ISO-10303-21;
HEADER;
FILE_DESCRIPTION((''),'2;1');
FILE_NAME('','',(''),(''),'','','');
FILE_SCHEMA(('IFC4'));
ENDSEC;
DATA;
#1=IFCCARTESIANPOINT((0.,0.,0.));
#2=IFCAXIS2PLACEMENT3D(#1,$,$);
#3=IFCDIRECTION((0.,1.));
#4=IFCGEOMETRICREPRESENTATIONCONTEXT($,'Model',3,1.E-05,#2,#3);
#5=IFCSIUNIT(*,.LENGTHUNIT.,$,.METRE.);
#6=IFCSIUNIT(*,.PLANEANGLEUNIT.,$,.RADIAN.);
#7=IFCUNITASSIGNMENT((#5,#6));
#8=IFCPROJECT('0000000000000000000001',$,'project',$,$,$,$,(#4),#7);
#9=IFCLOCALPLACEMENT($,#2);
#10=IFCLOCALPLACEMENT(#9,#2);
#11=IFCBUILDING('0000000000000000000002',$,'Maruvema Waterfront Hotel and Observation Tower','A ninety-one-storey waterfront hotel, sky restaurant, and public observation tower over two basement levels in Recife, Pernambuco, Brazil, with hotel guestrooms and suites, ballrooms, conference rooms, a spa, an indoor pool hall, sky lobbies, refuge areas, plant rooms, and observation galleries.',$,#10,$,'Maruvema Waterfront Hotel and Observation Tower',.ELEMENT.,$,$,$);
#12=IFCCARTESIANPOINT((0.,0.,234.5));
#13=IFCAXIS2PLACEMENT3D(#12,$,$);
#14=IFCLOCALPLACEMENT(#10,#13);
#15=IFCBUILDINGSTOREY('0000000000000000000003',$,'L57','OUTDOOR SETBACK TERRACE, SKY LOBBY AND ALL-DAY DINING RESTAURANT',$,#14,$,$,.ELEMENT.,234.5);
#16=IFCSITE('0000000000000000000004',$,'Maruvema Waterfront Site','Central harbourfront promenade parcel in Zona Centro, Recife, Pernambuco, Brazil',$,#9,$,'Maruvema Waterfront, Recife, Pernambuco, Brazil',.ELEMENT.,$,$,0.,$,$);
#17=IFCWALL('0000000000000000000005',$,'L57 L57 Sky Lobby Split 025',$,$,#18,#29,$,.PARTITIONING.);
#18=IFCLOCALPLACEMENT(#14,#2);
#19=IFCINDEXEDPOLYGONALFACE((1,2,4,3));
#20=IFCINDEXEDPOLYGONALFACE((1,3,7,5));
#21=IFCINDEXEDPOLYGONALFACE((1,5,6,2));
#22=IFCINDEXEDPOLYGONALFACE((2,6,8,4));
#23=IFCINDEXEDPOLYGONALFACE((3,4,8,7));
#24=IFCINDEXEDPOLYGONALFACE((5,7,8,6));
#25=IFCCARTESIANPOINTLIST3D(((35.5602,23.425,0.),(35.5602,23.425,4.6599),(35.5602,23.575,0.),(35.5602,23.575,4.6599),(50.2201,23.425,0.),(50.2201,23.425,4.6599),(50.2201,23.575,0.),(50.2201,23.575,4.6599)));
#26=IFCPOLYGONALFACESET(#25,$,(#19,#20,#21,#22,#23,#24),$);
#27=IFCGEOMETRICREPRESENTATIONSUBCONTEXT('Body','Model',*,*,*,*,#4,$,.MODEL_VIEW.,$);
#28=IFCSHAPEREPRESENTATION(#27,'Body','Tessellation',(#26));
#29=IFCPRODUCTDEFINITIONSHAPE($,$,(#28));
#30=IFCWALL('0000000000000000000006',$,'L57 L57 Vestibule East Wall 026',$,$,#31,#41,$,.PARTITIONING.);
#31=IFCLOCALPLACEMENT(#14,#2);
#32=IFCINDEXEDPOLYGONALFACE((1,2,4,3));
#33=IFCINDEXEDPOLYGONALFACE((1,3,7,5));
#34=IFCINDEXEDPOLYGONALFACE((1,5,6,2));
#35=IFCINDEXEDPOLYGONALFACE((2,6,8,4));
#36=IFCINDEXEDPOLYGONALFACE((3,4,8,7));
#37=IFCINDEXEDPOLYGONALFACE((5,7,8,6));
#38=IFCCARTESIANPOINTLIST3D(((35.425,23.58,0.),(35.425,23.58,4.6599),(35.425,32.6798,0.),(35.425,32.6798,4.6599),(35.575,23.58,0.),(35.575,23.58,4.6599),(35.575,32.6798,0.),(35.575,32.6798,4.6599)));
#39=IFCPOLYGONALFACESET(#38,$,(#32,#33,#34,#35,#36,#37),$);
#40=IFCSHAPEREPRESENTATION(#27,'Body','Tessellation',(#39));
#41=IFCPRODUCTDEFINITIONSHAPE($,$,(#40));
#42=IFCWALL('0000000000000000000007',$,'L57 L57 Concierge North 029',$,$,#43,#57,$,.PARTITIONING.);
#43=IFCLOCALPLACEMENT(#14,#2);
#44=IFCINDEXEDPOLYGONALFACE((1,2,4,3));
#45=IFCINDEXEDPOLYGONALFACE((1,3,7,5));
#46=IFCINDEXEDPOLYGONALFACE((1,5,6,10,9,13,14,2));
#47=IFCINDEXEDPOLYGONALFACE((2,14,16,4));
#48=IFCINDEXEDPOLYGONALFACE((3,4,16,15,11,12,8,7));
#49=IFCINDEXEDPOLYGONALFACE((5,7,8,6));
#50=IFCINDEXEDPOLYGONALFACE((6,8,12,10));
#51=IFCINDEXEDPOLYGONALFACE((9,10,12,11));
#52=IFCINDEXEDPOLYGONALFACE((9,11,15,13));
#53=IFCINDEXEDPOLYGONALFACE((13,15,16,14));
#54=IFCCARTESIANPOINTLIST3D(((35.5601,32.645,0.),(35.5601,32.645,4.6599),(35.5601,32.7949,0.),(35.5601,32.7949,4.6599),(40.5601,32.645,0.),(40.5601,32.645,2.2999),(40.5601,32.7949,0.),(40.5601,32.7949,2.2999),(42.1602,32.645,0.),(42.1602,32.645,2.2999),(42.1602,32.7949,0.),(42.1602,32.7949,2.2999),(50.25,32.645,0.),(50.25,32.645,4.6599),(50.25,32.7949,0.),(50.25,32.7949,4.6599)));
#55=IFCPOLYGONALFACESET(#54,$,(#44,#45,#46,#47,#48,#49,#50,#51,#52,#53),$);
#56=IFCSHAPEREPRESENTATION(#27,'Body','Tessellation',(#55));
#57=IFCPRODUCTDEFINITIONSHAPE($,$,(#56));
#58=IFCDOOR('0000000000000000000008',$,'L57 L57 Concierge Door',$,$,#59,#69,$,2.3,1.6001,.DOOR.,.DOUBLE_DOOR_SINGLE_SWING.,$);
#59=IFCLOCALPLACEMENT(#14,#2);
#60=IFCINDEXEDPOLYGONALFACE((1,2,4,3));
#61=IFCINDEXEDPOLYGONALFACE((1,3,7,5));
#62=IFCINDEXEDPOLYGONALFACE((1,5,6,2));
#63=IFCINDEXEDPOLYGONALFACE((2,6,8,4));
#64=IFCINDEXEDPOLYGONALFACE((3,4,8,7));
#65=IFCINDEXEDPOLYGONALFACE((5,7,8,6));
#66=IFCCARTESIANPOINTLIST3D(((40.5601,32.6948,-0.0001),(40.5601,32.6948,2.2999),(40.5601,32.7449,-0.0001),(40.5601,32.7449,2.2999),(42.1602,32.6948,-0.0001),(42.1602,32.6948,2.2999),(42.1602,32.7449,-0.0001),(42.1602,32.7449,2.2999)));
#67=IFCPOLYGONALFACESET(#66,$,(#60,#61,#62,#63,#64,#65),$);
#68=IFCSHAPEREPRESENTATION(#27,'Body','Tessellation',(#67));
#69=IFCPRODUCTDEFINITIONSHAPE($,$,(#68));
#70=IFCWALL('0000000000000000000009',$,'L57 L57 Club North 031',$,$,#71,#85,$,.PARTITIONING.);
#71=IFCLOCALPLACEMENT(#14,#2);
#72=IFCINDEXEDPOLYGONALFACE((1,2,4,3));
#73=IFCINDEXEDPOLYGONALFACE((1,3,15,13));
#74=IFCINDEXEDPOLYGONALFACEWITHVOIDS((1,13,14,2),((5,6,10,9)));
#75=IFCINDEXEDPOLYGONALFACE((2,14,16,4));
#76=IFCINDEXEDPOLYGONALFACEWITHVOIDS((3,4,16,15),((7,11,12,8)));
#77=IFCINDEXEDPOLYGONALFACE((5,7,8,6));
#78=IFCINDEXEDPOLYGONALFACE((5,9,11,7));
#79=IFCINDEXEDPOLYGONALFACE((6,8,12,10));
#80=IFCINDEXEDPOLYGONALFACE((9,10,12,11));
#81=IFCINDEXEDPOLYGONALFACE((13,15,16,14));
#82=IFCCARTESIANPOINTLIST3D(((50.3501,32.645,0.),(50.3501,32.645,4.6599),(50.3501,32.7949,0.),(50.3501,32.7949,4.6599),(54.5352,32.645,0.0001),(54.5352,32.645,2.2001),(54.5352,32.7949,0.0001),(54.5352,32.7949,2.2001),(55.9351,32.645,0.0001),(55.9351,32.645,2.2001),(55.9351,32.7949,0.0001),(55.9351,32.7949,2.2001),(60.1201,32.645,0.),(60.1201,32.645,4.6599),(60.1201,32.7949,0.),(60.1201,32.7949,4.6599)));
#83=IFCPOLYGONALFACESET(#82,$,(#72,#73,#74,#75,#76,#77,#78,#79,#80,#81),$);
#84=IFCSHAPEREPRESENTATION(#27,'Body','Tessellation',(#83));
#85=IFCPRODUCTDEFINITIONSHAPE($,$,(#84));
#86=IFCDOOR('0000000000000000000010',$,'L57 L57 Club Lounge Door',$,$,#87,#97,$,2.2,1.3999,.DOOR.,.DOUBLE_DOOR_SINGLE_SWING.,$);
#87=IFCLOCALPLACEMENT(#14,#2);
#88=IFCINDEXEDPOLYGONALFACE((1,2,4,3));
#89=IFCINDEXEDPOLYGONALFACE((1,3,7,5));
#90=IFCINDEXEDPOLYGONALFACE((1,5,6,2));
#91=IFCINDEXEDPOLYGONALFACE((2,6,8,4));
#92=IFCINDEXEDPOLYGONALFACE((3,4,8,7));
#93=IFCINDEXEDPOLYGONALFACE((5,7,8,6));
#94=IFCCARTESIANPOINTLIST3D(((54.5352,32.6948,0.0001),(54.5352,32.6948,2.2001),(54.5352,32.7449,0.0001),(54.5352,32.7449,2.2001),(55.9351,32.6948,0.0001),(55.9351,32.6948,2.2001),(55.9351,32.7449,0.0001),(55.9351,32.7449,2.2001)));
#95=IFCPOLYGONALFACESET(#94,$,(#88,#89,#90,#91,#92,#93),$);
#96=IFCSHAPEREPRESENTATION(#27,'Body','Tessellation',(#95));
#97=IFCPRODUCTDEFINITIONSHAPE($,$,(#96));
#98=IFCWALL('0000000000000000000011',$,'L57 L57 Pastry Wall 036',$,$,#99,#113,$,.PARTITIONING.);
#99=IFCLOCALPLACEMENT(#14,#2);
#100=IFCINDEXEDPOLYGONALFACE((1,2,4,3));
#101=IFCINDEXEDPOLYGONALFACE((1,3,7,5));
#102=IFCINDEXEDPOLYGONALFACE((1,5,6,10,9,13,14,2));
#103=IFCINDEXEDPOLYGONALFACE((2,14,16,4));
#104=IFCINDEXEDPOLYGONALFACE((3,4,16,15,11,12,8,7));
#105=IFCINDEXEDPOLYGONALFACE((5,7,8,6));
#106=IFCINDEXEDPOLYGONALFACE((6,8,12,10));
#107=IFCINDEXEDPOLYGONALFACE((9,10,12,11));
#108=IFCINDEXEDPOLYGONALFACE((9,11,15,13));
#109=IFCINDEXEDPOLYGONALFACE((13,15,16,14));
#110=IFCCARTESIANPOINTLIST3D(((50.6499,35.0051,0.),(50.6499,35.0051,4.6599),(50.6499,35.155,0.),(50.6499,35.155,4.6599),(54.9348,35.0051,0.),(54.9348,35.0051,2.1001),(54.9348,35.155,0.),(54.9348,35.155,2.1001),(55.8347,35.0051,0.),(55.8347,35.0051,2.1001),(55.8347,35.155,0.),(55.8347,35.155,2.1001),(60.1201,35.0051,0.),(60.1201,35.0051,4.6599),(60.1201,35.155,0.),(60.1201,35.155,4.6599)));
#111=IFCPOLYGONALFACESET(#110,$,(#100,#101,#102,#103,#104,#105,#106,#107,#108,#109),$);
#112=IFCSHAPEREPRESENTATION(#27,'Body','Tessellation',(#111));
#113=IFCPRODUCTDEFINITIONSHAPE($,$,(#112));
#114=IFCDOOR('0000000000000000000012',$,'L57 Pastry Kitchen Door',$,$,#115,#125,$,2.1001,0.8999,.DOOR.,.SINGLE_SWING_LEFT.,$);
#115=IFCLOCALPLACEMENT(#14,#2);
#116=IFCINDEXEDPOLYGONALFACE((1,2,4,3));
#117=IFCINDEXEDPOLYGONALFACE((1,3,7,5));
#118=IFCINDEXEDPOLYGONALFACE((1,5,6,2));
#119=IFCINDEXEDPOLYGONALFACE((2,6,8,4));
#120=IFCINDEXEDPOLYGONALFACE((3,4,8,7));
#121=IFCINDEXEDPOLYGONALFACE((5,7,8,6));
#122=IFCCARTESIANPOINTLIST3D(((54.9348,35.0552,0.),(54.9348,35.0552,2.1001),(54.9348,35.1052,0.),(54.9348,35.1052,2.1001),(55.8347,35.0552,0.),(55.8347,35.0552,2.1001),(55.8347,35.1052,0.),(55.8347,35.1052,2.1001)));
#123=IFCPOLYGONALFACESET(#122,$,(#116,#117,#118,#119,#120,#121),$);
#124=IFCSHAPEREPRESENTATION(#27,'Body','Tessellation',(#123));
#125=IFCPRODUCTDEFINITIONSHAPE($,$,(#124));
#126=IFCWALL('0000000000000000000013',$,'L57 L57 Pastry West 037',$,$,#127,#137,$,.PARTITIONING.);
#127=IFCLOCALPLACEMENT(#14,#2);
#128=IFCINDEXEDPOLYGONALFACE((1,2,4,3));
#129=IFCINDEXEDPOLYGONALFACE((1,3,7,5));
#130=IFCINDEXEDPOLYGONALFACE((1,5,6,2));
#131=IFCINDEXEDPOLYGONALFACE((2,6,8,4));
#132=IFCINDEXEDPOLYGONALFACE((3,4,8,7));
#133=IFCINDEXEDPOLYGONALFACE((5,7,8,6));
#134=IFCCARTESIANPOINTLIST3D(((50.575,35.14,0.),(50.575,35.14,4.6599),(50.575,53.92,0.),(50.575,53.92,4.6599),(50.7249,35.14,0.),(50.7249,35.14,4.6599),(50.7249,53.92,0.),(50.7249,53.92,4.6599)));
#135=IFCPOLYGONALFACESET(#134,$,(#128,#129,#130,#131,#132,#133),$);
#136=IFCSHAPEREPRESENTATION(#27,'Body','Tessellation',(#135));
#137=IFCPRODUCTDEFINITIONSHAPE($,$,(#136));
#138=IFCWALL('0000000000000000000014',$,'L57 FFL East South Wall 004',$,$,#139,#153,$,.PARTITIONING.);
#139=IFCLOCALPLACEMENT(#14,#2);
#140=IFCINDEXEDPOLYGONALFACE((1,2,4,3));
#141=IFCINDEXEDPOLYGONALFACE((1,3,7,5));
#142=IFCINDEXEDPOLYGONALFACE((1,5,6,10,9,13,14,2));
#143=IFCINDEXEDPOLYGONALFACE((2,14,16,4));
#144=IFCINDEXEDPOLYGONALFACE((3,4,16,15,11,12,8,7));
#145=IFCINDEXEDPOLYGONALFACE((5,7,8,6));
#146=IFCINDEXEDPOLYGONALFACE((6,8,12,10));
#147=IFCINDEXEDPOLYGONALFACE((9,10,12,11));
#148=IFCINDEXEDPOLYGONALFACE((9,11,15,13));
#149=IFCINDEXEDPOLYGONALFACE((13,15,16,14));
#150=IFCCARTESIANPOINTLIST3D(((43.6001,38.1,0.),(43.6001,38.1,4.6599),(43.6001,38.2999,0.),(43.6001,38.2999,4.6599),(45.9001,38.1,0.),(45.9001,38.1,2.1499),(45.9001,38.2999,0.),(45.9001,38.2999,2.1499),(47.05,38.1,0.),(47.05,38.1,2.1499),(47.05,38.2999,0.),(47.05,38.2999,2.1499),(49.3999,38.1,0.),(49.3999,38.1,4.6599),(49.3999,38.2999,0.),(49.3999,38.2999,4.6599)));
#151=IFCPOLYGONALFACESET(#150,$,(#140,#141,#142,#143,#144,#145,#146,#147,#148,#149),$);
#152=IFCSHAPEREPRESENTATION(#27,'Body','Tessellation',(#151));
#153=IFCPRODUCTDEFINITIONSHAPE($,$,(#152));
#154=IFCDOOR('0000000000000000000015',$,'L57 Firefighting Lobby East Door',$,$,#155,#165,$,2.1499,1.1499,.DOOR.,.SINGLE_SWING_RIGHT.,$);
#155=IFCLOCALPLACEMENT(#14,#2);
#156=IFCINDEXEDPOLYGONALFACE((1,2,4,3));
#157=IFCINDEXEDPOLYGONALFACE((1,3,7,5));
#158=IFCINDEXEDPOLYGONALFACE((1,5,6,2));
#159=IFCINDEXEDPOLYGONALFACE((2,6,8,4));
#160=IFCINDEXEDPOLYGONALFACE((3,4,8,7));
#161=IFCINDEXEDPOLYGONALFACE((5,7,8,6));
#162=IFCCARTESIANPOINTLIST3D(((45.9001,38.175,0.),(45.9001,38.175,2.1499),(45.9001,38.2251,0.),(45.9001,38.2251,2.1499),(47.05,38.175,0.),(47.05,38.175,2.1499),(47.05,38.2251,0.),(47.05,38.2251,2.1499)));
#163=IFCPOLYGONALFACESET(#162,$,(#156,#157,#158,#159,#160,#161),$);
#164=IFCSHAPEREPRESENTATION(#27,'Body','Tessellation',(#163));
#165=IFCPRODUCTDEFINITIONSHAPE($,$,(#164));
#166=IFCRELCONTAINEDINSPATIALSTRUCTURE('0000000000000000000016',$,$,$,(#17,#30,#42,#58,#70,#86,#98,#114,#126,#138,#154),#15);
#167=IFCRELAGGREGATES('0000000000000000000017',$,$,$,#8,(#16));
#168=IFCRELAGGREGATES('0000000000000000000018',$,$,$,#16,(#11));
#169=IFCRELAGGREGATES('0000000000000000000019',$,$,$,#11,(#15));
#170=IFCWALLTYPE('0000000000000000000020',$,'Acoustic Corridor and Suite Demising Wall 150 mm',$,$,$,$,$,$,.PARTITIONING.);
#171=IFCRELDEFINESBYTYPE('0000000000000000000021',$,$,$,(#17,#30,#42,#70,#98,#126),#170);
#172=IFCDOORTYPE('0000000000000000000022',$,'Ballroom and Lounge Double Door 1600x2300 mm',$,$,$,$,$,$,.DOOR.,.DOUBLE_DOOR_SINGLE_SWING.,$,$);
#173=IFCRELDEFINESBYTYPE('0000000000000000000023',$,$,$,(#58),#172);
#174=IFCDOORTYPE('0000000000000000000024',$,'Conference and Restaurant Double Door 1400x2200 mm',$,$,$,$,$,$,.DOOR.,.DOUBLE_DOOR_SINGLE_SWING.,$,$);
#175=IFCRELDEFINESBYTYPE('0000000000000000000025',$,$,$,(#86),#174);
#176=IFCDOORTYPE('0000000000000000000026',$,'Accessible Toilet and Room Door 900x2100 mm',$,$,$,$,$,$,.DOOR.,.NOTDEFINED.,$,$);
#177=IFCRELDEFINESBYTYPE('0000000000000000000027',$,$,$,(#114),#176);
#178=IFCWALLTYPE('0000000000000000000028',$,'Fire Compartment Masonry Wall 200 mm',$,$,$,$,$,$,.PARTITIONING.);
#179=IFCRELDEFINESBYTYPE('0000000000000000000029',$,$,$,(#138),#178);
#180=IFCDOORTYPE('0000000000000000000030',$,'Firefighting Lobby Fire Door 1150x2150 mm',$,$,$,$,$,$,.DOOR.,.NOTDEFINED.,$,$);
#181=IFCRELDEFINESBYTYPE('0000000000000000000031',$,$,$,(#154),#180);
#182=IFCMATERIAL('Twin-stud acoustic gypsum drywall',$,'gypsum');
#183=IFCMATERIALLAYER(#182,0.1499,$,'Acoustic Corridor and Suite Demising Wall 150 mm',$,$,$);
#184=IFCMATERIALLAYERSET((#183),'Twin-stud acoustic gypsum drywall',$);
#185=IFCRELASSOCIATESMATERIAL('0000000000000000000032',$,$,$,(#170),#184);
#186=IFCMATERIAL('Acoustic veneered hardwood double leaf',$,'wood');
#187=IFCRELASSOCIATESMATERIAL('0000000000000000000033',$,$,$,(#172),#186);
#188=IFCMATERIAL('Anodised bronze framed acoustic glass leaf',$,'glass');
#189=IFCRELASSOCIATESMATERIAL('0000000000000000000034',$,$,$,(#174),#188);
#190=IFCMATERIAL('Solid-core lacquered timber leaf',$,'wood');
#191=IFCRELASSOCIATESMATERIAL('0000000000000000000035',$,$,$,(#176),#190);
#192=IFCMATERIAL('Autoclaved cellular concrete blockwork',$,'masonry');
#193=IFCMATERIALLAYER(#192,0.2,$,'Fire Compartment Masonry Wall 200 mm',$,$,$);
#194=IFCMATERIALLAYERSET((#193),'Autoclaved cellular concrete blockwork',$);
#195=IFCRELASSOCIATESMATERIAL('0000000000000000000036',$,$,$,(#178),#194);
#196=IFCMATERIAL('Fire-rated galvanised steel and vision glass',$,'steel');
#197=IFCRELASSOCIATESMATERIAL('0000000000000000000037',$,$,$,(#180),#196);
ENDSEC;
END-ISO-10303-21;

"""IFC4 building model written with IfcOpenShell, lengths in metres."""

from ifc_helpers import new_model, si_unit, direction, frame, frame_2d, origin, place, context, subcontext, project, spatial, rectangle, extrude, material, layer, layer_set, type_object, element, fill, save


model = new_model("IFC4")

# Units and contexts
model_context = context("Model", 3, precision=1e-05, world=origin(), true_north=direction((0.0, 1.0)))
body_context = subcontext(model_context, "Body", "Model", "MODEL_VIEW")
ifc_project = project(units=[si_unit("LENGTHUNIT", "METRE"), si_unit("PLANEANGLEUNIT", "RADIAN")], contexts=[model_context])

# Site, building, storey
site_placement = place(None, origin())
site = spatial("IfcSite", under=ifc_project, at=site_placement, Name="Maruvema Waterfront Site", Description="Central harbourfront promenade parcel in Zona Centro, Recife, Pernambuco, Brazil", LongName="Maruvema Waterfront, Recife, Pernambuco, Brazil", CompositionType="ELEMENT", RefElevation=0.0)
building_placement = place(site_placement, origin())
building = spatial("IfcBuilding", under=site, at=building_placement, Name="Maruvema Waterfront Hotel and Observation Tower", Description="A ninety-one-storey waterfront hotel, sky restaurant, and public observation tower over two basement levels in Recife, Pernambuco, Brazil, with hotel guestrooms and suites, ballrooms, conference rooms, a spa, an indoor pool hall, sky lobbies, refuge areas, plant rooms, and observation galleries.", LongName="Maruvema Waterfront Hotel and Observation Tower", CompositionType="ELEMENT")
storey_placement = place(building_placement, frame((0.0, 0.0, 234.5)))
storey = spatial("IfcBuildingStorey", under=building, at=storey_placement, Name="L57", Description="OUTDOOR SETBACK TERRACE, SKY LOBBY AND ALL-DAY DINING RESTAURANT", CompositionType="ELEMENT", Elevation=234.5)

# Walls
ifc_material_1 = material(Name="Twin-stud acoustic gypsum drywall", Category="gypsum")
ifc_layer_1 = layer(ifc_material_1, 0.1499, Name="Acoustic Corridor and Suite Demising Wall 150 mm")
ifc_layer_set_1 = layer_set([ifc_layer_1], Name="Twin-stud acoustic gypsum drywall")
wall_type_1 = type_object("IfcWallType", Name="Acoustic Corridor and Suite Demising Wall 150 mm", PredefinedType="PARTITIONING", material=ifc_layer_set_1)
wall_1_placement = place(storey_placement, frame((35.5601, 23.5, 0.0), z_axis=(0.0, 0.0, 1.0), x_axis=(1.0, 0.0, 0.0)))
element("IfcWall", 1, at=wall_1_placement, inside=storey, type_object=wall_type_1, Name="L57 L57 Sky Lobby Split 025", PredefinedType="PARTITIONING", context=body_context, shape_type="SweptSolid", body=[
    extrude(rectangle(XDim=14.6599, YDim=0.1499, at=frame_2d((7.3301, 0.0))), origin(), (0.0, 0.0, 1.0), 4.6599),
])
wall_2_placement = place(storey_placement, frame((35.5, 23.5801, 0.0), z_axis=(0.0, 0.0, 1.0), x_axis=(0.0, 1.0, 0.0)))
element("IfcWall", 2, at=wall_2_placement, inside=storey, type_object=wall_type_1, Name="L57 L57 Vestibule East Wall 026", PredefinedType="PARTITIONING", context=body_context, shape_type="SweptSolid", body=[
    extrude(rectangle(XDim=9.0999, YDim=0.1499, at=frame_2d((4.5498, 0.0))), origin(), (0.0, 0.0, 1.0), 4.6599),
])

# Walls, openings, doors
wall_3_placement = place(storey_placement, frame((35.5601, 32.72, 0.0), z_axis=(0.0, 0.0, 1.0), x_axis=(1.0, 0.0, 0.0)))
wall_3 = element("IfcWall", 3, at=wall_3_placement, inside=storey, type_object=wall_type_1, Name="L57 L57 Concierge North 029", PredefinedType="PARTITIONING", context=body_context, shape_type="SweptSolid", body=[
    extrude(rectangle(XDim=14.6899, YDim=0.1499, at=frame_2d((7.345, 0.0))), origin(), (0.0, 0.0, 1.0), 4.6599),
])
opening_1_placement = place(wall_3_placement, frame((5.0, 0.0, 0.0)))
opening_1 = element("IfcOpeningElement", 4, at=opening_1_placement, cuts=wall_3, PredefinedType="OPENING", context=body_context, shape_type="SweptSolid", body=[
    extrude(rectangle(XDim=1.6001, YDim=2.3, at=frame_2d((0.8, 1.1499))), frame((0.0, 0.085, 0.0), z_axis=(0.0, -1.0, 0.0), x_axis=(1.0, 0.0, 0.0)), (0.0, 0.0, 1.0), 0.1699),
])
ifc_material_2 = material(Name="Acoustic veneered hardwood double leaf", Category="wood")
door_type_1 = type_object("IfcDoorType", Name="Ballroom and Lounge Double Door 1600x2300 mm", OperationType="DOUBLE_DOOR_SINGLE_SWING", PredefinedType="DOOR", material=ifc_material_2)
door_1_placement = place(opening_1_placement, origin())
door_1 = element("IfcDoor", 5, at=door_1_placement, inside=storey, type_object=door_type_1, Name="L57 L57 Concierge Door", OperationType="DOUBLE_DOOR_SINGLE_SWING", OverallHeight=2.3, OverallWidth=1.6001, PredefinedType="DOOR", context=body_context, shape_type="SweptSolid", body=[
    extrude(rectangle(XDim=1.6001, YDim=2.3, at=frame_2d((0.8, 1.1499))), frame((0.0, 0.0249, 0.0), z_axis=(0.0, -1.0, 0.0), x_axis=(1.0, 0.0, 0.0)), (0.0, 0.0, 1.0), 0.05),
])
fill(opening_1, door_1)
wall_4_placement = place(storey_placement, frame((50.3501, 32.72, 0.0), z_axis=(0.0, 0.0, 1.0), x_axis=(1.0, 0.0, 0.0)))
wall_4 = element("IfcWall", 6, at=wall_4_placement, inside=storey, type_object=wall_type_1, Name="L57 L57 Club North 031", PredefinedType="PARTITIONING", context=body_context, shape_type="SweptSolid", body=[
    extrude(rectangle(XDim=9.77, YDim=0.1499, at=frame_2d((4.885, 0.0))), origin(), (0.0, 0.0, 1.0), 4.6599),
])
opening_2_placement = place(wall_4_placement, frame((4.1851, 0.0, 0.0)))
opening_2 = element("IfcOpeningElement", 7, at=opening_2_placement, cuts=wall_4, PredefinedType="OPENING", context=body_context, shape_type="SweptSolid", body=[
    extrude(rectangle(XDim=1.3999, YDim=2.2, at=frame_2d((0.7, 1.1001))), frame((0.0, 0.085, 0.0), z_axis=(0.0, -1.0, 0.0), x_axis=(1.0, 0.0, 0.0)), (0.0, 0.0, 1.0), 0.1699),
])
ifc_material_3 = material(Name="Anodised bronze framed acoustic glass leaf", Category="glass")
door_type_2 = type_object("IfcDoorType", Name="Conference and Restaurant Double Door 1400x2200 mm", OperationType="DOUBLE_DOOR_SINGLE_SWING", PredefinedType="DOOR", material=ifc_material_3)
door_2_placement = place(opening_2_placement, origin())
door_2 = element("IfcDoor", 8, at=door_2_placement, inside=storey, type_object=door_type_2, Name="L57 L57 Club Lounge Door", OperationType="DOUBLE_DOOR_SINGLE_SWING", OverallHeight=2.2, OverallWidth=1.3999, PredefinedType="DOOR", context=body_context, shape_type="SweptSolid", body=[
    extrude(rectangle(XDim=1.3999, YDim=2.2, at=frame_2d((0.7, 1.1001))), frame((0.0, 0.0249, 0.0), z_axis=(0.0, -1.0, 0.0), x_axis=(1.0, 0.0, 0.0)), (0.0, 0.0, 1.0), 0.05),
])
fill(opening_2, door_2)
wall_5_placement = place(storey_placement, frame((50.6499, 35.0801, 0.0), z_axis=(0.0, 0.0, 1.0), x_axis=(1.0, 0.0, 0.0)))
wall_5 = element("IfcWall", 9, at=wall_5_placement, inside=storey, type_object=wall_type_1, Name="L57 L57 Pastry Wall 036", PredefinedType="PARTITIONING", context=body_context, shape_type="SweptSolid", body=[
    extrude(rectangle(XDim=9.4702, YDim=0.1499, at=frame_2d((4.7351, 0.0))), origin(), (0.0, 0.0, 1.0), 4.6599),
])
opening_3_placement = place(wall_5_placement, frame((4.2849, 0.0, 0.0)))
opening_3 = element("IfcOpeningElement", 10, at=opening_3_placement, cuts=wall_5, PredefinedType="OPENING", context=body_context, shape_type="SweptSolid", body=[
    extrude(rectangle(XDim=0.8999, YDim=2.1001, at=frame_2d((0.45, 1.05))), frame((0.0, 0.085, 0.0), z_axis=(0.0, -1.0, 0.0), x_axis=(1.0, 0.0, 0.0)), (0.0, 0.0, 1.0), 0.1699),
])
ifc_material_4 = material(Name="Solid-core lacquered timber leaf", Category="wood")
door_type_3 = type_object("IfcDoorType", Name="Accessible Toilet and Room Door 900x2100 mm", OperationType="NOTDEFINED", PredefinedType="DOOR", material=ifc_material_4)
door_3_placement = place(opening_3_placement, frame((0.8999, 0.0, 0.0), z_axis=(0.0, 0.0, 1.0), x_axis=(-1.0, 0.0, 0.0)))
door_3 = element("IfcDoor", 11, at=door_3_placement, inside=storey, type_object=door_type_3, Name="L57 Pastry Kitchen Door", OperationType="SINGLE_SWING_LEFT", OverallHeight=2.1001, OverallWidth=0.8999, PredefinedType="DOOR", context=body_context, shape_type="SweptSolid", body=[
    extrude(rectangle(XDim=0.8999, YDim=2.1001, at=frame_2d((0.45, 1.05))), frame((0.0, 0.0249, 0.0), z_axis=(0.0, -1.0, 0.0), x_axis=(1.0, 0.0, 0.0)), (0.0, 0.0, 1.0), 0.05),
])
fill(opening_3, door_3)

# Wall
wall_6_placement = place(storey_placement, frame((50.6499, 35.1399, 0.0), z_axis=(0.0, 0.0, 1.0), x_axis=(0.0, 1.0, 0.0)))
element("IfcWall", 12, at=wall_6_placement, inside=storey, type_object=wall_type_1, Name="L57 L57 Pastry West 037", PredefinedType="PARTITIONING", context=body_context, shape_type="SweptSolid", body=[
    extrude(rectangle(XDim=18.78, YDim=0.1499, at=frame_2d((9.3901, 0.0))), origin(), (0.0, 0.0, 1.0), 4.6599),
])

# Wall, opening, door
ifc_material_5 = material(Name="Autoclaved cellular concrete blockwork", Category="masonry")
ifc_layer_2 = layer(ifc_material_5, 0.2, Name="Fire Compartment Masonry Wall 200 mm")
ifc_layer_set_2 = layer_set([ifc_layer_2], Name="Autoclaved cellular concrete blockwork")
wall_type_2 = type_object("IfcWallType", Name="Fire Compartment Masonry Wall 200 mm", PredefinedType="PARTITIONING", material=ifc_layer_set_2)
wall_7_placement = place(storey_placement, frame((43.6001, 38.2, 0.0), z_axis=(0.0, 0.0, 1.0), x_axis=(1.0, 0.0, 0.0)))
wall_7 = element("IfcWall", 13, at=wall_7_placement, inside=storey, type_object=wall_type_2, Name="L57 FFL East South Wall 004", PredefinedType="PARTITIONING", context=body_context, shape_type="SweptSolid", body=[
    extrude(rectangle(XDim=5.7998, YDim=0.2, at=frame_2d((2.8999, 0.0))), origin(), (0.0, 0.0, 1.0), 4.6599),
])
opening_4_placement = place(wall_7_placement, frame((2.3, 0.0, 0.0)))
opening_4 = element("IfcOpeningElement", 14, at=opening_4_placement, cuts=wall_7, PredefinedType="OPENING", context=body_context, shape_type="SweptSolid", body=[
    extrude(rectangle(XDim=1.1499, YDim=2.1499, at=frame_2d((0.575, 1.075))), frame((0.0, 0.1099, 0.0), z_axis=(0.0, -1.0, 0.0), x_axis=(1.0, 0.0, 0.0)), (0.0, 0.0, 1.0), 0.22),
])
ifc_material_6 = material(Name="Fire-rated galvanised steel and vision glass", Category="steel")
door_type_4 = type_object("IfcDoorType", Name="Firefighting Lobby Fire Door 1150x2150 mm", OperationType="NOTDEFINED", PredefinedType="DOOR", material=ifc_material_6)
door_4_placement = place(opening_4_placement, frame((1.1499, 0.0, 0.0), z_axis=(0.0, 0.0, 1.0), x_axis=(-1.0, 0.0, 0.0)))
door_4 = element("IfcDoor", 15, at=door_4_placement, inside=storey, type_object=door_type_4, Name="L57 Firefighting Lobby East Door", OperationType="SINGLE_SWING_RIGHT", OverallHeight=2.1499, OverallWidth=1.1499, PredefinedType="DOOR", context=body_context, shape_type="SweptSolid", body=[
    extrude(rectangle(XDim=1.1499, YDim=2.1499, at=frame_2d((0.575, 1.075))), frame((0.0, 0.0249, 0.0), z_axis=(0.0, -1.0, 0.0), x_axis=(1.0, 0.0, 0.0)), (0.0, 0.0, 1.0), 0.05),
])
fill(opening_4, door_4)

save(model, "model.ifc")
